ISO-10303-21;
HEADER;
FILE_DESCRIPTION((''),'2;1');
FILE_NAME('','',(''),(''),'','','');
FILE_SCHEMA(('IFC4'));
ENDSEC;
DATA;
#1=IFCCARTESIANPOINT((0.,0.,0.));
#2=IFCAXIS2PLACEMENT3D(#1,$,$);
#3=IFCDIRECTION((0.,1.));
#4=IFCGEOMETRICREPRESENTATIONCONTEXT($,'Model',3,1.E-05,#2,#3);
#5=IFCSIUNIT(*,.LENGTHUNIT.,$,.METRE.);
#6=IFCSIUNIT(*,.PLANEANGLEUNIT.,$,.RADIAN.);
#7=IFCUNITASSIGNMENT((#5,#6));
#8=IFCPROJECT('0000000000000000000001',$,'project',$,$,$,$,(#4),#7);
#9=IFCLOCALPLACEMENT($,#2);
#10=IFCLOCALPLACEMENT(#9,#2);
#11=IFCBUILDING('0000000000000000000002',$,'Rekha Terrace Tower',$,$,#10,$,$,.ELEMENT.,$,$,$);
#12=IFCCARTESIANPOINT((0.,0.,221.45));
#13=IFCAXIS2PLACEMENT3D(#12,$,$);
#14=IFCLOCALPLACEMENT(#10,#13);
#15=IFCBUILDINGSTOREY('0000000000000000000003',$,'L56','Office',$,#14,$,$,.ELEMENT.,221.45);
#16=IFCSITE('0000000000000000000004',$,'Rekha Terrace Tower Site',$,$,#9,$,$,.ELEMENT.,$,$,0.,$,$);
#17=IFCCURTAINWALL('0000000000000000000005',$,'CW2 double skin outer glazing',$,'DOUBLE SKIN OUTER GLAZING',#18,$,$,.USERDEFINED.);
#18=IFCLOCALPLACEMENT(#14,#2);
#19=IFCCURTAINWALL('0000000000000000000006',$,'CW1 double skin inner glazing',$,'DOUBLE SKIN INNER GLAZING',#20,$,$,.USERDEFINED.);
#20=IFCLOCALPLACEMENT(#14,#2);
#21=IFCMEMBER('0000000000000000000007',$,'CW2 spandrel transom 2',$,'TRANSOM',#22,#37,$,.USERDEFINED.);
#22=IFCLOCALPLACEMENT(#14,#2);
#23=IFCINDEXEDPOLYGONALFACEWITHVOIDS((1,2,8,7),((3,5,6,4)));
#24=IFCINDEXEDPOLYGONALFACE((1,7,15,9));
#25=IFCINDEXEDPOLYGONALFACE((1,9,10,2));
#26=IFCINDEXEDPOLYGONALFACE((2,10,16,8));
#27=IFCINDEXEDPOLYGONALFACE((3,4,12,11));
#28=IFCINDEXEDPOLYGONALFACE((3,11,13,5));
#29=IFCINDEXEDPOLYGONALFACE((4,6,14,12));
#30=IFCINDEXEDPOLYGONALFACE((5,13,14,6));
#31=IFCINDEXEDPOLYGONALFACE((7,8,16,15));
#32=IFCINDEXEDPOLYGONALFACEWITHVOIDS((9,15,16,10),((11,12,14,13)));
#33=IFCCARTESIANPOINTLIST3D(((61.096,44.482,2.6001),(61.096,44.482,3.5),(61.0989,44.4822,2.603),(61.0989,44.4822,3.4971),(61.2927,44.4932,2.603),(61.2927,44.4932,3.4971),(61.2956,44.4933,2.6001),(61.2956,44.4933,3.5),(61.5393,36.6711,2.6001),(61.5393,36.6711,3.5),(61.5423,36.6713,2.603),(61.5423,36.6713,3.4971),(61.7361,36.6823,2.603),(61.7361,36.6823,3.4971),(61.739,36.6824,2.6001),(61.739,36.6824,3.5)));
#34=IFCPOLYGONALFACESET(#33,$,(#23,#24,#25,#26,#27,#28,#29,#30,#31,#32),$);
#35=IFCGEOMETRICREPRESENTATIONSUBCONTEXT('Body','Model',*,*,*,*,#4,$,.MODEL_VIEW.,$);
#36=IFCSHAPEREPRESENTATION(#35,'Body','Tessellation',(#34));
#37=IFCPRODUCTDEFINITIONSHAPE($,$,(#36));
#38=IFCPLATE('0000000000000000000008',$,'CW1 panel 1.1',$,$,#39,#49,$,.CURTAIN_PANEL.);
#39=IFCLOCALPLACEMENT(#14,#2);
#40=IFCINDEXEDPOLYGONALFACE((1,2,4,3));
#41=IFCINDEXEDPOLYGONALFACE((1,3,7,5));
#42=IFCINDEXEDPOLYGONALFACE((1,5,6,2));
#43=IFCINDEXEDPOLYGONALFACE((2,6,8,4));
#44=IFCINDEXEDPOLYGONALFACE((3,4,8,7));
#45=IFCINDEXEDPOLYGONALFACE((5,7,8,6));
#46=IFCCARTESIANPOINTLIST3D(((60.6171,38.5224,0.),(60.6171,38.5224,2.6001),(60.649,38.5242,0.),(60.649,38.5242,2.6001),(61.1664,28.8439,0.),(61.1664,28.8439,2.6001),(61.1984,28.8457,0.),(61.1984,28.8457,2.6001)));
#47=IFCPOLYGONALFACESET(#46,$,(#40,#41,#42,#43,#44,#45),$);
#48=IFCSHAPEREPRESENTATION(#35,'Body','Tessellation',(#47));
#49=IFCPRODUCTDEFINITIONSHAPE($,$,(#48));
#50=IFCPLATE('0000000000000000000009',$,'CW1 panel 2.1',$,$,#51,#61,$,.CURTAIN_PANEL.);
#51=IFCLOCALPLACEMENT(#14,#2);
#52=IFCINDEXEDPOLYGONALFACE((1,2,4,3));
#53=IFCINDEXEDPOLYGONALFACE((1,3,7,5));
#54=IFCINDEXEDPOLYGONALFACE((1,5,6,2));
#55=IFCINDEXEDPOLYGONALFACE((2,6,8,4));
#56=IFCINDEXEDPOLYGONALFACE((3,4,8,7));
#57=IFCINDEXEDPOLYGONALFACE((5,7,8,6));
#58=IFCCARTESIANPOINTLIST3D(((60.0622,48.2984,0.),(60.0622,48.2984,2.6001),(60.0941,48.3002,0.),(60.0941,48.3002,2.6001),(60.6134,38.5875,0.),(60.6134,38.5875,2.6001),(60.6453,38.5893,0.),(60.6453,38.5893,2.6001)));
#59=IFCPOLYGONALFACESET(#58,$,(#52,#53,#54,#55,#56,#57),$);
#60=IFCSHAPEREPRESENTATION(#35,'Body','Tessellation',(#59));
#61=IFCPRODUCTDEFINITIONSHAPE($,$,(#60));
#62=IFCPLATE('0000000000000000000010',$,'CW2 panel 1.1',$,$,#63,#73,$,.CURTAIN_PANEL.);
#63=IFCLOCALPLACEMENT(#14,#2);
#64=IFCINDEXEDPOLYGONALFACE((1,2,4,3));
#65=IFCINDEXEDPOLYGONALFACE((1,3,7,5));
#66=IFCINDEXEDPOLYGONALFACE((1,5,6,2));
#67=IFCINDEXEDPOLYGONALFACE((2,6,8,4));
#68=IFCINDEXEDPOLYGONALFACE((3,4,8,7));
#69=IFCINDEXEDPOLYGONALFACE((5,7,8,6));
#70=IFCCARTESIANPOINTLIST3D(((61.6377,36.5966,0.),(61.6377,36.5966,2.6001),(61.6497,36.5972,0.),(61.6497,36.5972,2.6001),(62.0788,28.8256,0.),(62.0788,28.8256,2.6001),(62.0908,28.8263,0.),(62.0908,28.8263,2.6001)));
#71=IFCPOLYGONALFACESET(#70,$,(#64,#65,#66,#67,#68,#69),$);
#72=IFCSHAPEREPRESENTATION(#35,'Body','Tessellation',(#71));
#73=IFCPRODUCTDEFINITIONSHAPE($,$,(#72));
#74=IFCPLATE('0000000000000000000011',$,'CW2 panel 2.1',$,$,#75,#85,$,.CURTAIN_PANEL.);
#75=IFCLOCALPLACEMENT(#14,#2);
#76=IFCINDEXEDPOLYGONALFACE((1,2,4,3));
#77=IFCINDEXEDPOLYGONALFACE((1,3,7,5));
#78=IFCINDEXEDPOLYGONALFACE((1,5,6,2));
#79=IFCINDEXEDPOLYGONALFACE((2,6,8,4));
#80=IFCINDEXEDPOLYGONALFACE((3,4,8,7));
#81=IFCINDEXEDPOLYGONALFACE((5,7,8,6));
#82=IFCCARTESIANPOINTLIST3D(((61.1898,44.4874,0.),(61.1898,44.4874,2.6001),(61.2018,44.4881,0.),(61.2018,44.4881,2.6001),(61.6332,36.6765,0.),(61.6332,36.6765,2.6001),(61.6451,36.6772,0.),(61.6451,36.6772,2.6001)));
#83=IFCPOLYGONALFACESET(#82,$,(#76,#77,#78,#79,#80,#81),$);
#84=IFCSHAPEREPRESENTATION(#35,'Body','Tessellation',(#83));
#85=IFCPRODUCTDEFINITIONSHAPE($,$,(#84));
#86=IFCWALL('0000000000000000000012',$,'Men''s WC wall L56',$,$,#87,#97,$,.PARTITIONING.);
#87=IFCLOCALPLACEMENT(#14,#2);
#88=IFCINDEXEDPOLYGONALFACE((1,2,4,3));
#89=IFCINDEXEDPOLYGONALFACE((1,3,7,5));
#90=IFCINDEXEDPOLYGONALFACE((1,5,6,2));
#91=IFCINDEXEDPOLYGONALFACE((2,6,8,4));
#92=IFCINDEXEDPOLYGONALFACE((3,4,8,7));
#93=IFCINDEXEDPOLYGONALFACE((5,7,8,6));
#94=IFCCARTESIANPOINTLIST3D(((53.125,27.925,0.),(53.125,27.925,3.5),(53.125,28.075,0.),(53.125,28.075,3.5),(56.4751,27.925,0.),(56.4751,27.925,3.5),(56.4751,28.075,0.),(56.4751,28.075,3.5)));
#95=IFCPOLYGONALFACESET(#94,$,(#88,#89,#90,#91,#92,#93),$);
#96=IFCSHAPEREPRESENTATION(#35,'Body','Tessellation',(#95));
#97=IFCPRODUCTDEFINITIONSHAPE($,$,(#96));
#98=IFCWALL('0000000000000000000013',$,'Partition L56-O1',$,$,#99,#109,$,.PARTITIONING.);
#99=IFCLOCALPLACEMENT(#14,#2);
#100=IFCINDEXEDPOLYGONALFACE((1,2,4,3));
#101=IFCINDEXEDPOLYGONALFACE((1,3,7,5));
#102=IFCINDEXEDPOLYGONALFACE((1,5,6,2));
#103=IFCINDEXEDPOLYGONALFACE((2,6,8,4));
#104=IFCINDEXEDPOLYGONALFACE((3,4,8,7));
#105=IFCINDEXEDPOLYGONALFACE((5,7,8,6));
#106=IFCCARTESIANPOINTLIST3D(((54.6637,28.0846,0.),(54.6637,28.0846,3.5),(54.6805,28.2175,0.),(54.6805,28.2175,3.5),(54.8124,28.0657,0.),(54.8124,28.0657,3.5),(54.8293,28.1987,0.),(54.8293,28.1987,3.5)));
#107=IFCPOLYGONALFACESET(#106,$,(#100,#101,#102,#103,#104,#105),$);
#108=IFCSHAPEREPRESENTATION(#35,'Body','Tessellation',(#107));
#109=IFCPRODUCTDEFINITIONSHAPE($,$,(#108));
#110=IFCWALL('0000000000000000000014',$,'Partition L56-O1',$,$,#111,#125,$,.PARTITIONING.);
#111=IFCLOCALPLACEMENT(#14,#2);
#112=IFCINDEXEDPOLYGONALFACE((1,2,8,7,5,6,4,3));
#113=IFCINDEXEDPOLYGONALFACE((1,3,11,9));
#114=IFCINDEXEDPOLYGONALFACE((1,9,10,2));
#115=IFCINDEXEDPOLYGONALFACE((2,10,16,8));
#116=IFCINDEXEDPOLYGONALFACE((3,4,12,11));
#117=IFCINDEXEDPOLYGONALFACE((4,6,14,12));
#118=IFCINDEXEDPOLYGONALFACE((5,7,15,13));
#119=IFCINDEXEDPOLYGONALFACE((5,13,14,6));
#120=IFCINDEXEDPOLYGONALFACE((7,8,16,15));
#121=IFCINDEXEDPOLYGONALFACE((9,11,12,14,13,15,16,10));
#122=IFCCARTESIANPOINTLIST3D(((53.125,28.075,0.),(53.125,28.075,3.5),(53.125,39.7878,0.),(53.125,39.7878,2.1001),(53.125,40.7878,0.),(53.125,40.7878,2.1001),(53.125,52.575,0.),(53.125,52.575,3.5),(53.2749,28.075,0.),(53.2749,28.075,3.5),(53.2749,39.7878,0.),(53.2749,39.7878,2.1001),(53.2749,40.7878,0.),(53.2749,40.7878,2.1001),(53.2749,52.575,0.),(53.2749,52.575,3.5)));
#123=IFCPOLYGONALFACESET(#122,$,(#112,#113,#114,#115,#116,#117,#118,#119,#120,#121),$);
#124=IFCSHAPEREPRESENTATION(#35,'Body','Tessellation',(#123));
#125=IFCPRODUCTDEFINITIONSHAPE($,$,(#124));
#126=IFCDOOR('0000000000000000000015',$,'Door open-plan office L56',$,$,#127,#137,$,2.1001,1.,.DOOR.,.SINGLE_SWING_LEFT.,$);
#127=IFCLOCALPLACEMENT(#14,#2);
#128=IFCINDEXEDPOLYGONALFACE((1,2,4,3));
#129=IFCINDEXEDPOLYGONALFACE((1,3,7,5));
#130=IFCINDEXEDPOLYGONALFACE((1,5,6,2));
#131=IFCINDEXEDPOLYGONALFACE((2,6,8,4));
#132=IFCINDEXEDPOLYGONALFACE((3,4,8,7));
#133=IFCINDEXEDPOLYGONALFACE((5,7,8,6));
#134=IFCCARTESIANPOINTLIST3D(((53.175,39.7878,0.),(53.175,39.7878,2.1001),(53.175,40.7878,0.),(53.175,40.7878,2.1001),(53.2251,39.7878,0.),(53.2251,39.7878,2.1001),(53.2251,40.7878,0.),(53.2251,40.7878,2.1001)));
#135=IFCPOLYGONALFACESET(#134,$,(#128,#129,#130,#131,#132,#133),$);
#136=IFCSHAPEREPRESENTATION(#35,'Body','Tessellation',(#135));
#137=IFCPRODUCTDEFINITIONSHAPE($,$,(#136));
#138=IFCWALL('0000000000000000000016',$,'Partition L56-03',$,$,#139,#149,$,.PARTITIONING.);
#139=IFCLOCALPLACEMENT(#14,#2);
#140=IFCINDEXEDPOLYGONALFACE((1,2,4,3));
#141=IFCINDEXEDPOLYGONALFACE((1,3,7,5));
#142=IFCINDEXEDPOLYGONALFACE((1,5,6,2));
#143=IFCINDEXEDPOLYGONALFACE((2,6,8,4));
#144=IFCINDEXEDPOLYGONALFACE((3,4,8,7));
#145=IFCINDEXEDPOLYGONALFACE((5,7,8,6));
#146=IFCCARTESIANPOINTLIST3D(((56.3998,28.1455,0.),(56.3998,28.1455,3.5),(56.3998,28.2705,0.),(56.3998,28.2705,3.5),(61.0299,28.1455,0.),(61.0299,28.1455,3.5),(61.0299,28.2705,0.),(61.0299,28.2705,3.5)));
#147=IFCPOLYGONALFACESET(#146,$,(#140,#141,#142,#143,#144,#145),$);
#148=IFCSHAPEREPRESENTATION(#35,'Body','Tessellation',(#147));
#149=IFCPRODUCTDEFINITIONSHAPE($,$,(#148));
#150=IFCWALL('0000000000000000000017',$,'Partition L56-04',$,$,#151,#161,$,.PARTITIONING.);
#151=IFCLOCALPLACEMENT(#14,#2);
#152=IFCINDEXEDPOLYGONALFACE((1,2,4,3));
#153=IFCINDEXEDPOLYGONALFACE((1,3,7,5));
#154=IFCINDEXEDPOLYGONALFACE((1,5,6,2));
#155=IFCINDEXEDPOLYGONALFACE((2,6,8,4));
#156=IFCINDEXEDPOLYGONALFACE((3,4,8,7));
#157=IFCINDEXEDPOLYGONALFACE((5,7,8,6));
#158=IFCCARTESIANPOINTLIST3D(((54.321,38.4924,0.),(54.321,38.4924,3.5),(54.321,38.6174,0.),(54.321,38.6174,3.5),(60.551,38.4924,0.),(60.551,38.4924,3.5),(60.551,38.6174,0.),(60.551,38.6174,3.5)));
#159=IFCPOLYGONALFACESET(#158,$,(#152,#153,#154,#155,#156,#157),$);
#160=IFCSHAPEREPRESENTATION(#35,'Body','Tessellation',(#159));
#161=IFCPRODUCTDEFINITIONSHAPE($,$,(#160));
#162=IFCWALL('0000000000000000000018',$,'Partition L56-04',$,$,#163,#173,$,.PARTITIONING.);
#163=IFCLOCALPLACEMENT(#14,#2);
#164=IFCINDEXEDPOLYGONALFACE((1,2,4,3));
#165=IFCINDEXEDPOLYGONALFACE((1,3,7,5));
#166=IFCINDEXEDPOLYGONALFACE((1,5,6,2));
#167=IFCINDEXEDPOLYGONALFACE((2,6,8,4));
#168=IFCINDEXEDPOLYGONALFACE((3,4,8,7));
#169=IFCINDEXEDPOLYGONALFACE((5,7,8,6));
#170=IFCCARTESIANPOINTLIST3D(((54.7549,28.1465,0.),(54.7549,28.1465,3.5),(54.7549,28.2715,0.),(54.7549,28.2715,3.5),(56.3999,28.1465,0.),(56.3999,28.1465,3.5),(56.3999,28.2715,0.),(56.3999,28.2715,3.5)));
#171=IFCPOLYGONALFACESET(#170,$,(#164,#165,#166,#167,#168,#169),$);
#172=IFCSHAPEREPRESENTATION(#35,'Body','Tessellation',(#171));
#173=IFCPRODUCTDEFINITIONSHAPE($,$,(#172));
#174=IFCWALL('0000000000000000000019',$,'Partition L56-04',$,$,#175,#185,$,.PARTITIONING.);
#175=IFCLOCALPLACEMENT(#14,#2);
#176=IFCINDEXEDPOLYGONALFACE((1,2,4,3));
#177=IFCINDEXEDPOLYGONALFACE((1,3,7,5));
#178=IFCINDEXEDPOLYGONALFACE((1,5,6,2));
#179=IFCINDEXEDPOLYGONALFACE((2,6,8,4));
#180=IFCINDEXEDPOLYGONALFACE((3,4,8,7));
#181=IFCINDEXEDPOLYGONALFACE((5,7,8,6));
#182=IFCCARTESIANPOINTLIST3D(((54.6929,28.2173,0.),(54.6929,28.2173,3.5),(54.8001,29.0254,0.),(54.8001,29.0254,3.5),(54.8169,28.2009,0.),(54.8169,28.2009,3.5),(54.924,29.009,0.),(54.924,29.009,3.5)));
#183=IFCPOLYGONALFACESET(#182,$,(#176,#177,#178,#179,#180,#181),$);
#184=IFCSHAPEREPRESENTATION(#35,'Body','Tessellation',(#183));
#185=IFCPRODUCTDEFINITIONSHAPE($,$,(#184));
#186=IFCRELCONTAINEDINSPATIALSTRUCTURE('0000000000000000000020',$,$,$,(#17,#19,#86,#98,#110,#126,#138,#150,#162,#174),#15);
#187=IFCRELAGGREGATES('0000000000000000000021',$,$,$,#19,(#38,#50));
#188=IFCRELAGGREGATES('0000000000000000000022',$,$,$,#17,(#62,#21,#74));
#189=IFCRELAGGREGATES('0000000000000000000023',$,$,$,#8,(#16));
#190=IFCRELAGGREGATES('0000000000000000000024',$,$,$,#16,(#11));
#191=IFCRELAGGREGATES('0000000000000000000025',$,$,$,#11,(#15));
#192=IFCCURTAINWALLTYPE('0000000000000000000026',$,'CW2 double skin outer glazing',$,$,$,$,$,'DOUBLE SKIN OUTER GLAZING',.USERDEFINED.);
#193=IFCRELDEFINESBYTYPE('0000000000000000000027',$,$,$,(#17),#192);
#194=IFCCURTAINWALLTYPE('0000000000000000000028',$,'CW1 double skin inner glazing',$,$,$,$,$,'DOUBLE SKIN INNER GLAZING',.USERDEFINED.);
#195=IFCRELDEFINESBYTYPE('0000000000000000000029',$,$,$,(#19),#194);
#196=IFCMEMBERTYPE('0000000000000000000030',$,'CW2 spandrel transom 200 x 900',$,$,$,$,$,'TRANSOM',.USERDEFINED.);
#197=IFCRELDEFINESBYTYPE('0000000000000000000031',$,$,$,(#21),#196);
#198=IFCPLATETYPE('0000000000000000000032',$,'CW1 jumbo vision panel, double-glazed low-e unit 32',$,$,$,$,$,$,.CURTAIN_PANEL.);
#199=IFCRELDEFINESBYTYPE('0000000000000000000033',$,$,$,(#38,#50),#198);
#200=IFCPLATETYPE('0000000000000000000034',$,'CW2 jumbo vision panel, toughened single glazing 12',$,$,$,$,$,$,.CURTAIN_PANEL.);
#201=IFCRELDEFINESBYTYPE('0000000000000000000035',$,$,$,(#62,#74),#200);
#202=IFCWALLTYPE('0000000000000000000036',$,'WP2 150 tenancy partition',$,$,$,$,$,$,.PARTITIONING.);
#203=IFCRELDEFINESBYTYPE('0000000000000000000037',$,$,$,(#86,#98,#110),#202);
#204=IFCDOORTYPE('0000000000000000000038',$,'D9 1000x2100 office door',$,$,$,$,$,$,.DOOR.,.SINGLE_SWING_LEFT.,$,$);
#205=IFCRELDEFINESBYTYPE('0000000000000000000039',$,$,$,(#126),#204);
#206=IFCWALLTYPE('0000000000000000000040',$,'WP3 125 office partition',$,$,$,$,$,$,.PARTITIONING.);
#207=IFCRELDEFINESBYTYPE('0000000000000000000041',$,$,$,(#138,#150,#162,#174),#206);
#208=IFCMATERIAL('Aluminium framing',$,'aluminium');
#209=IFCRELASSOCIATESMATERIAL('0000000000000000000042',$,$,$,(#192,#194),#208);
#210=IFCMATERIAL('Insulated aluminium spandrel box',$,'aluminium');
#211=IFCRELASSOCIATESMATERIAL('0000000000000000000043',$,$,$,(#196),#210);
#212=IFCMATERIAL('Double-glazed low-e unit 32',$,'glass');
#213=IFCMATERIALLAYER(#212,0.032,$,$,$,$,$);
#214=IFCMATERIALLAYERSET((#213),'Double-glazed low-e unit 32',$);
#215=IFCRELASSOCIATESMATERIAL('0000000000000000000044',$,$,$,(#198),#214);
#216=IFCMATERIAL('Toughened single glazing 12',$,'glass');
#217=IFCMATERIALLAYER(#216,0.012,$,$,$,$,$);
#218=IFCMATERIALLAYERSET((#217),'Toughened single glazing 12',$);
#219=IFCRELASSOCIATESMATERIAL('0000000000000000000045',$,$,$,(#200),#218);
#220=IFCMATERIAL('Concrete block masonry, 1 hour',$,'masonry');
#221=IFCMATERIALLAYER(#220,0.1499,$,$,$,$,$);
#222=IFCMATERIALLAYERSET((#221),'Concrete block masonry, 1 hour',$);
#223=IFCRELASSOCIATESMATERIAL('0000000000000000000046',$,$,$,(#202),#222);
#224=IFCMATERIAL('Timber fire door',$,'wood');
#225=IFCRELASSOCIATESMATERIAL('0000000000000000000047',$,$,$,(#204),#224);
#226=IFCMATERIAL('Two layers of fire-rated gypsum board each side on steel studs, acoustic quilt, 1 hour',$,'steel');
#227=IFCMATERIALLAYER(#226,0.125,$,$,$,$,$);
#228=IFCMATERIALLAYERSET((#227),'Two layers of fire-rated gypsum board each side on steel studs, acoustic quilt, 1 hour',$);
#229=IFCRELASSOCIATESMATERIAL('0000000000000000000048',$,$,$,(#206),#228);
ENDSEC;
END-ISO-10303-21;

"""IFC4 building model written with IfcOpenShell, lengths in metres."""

from ifc_helpers import new_model, si_unit, direction, frame, frame_2d, origin, origin_2d, place, context, subcontext, project, spatial, rectangle, hollow_rectangle, extrude, material, layer, layer_set, material_profile, profile_set, type_object, element, fill, aggregate, save


model = new_model("IFC4")

# Units and contexts
model_context = context("Model", 3, precision=1e-05, world=origin(), true_north=direction((0.0, 1.0)))
body_context = subcontext(model_context, "Body", "Model", "MODEL_VIEW")
ifc_project = project(units=[si_unit("LENGTHUNIT", "METRE"), si_unit("PLANEANGLEUNIT", "RADIAN")], contexts=[model_context])

# Site, building, storey
site_placement = place(None, origin())
site = spatial("IfcSite", under=ifc_project, at=site_placement, Name="Rekha Terrace Tower Site", CompositionType="ELEMENT", RefElevation=0.0)
building_placement = place(site_placement, origin())
building = spatial("IfcBuilding", under=site, at=building_placement, Name="Rekha Terrace Tower", CompositionType="ELEMENT")
storey_placement = place(building_placement, frame((0.0, 0.0, 221.45)))
storey = spatial("IfcBuildingStorey", under=building, at=storey_placement, Name="L56", Description="Office", CompositionType="ELEMENT", Elevation=221.45)

# Curtain wall
ifc_material_1 = material(Name="Aluminium framing", Category="aluminium")
curtain_wall_type_1 = type_object("IfcCurtainWallType", Name="CW2 double skin outer glazing", ElementType="DOUBLE SKIN OUTER GLAZING", PredefinedType="USERDEFINED", material=ifc_material_1)
curtain_wall_1_placement = place(storey_placement, origin())
curtain_wall_1 = element("IfcCurtainWall", 1, at=curtain_wall_1_placement, inside=storey, type_object=curtain_wall_type_1, Name="CW2 double skin outer glazing", ObjectType="DOUBLE SKIN OUTER GLAZING", PredefinedType="USERDEFINED")

# Curtain wall
curtain_wall_type_2 = type_object("IfcCurtainWallType", Name="CW1 double skin inner glazing", ElementType="DOUBLE SKIN INNER GLAZING", PredefinedType="USERDEFINED", material=ifc_material_1)
curtain_wall_2_placement = place(storey_placement, origin())
curtain_wall_2 = element("IfcCurtainWall", 2, at=curtain_wall_2_placement, inside=storey, type_object=curtain_wall_type_2, Name="CW1 double skin inner glazing", ObjectType="DOUBLE SKIN INNER GLAZING", PredefinedType="USERDEFINED")
ifc_material_2 = material(Name="Insulated aluminium spandrel box", Category="aluminium")

# Member
ifc_material_profile_1 = material_profile(ifc_material_2, hollow_rectangle(XDim=0.2, YDim=0.8999, WallThickness=0.0029, at=origin_2d()), Name="AL SPANDREL BOX 200x900")
ifc_profile_set_1 = profile_set([ifc_material_profile_1], Name="Insulated aluminium spandrel box")
member_type_1 = type_object("IfcMemberType", Name="CW2 spandrel transom 200 x 900", ElementType="TRANSOM", PredefinedType="USERDEFINED", material=ifc_profile_set_1)
member_1_placement = place(storey_placement, frame((61.6392, 36.6768, 3.05), z_axis=(-0.056669, 0.998393, 0.0), x_axis=(-0.998393, -0.056669, 0.0)))
member_1 = element("IfcMember", 3, at=member_1_placement, type_object=member_type_1, Name="CW2 spandrel transom 2", ObjectType="TRANSOM", PredefinedType="USERDEFINED", context=body_context, shape_type="SweptSolid", body=[
    extrude(hollow_rectangle(XDim=0.2, YDim=0.8999, WallThickness=0.0029, at=origin_2d()), origin(), (0.0, 0.0, 1.0), 7.8235),
])

# Plates
ifc_material_3 = material(Name="Double-glazed low-e unit 32", Category="glass")
ifc_layer_1 = layer(ifc_material_3, 0.032)
ifc_layer_set_1 = layer_set([ifc_layer_1], Name="Double-glazed low-e unit 32")
plate_type_1 = type_object("IfcPlateType", Name="CW1 jumbo vision panel, double-glazed low-e unit 32", PredefinedType="CURTAIN_PANEL", material=ifc_layer_set_1)
plate_1_placement = place(storey_placement, frame((60.9077, 33.6841, 0.0), z_axis=(0.0, 0.0, 1.0), x_axis=(-0.056673, 0.998393, 0.0)))
plate_1 = element("IfcPlate", 4, at=plate_1_placement, type_object=plate_type_1, Name="CW1 panel 1.1", PredefinedType="CURTAIN_PANEL", context=body_context, shape_type="SweptSolid", body=[
    extrude(rectangle(XDim=9.6941, YDim=0.032, at=origin_2d()), origin(), (0.0, 0.0, 1.0), 2.6001),
])
plate_2_placement = place(storey_placement, frame((60.3538, 43.4438, 0.0), z_axis=(0.0, 0.0, 1.0), x_axis=(-0.056673, 0.998393, 0.0)))
plate_2 = element("IfcPlate", 5, at=plate_2_placement, type_object=plate_type_1, Name="CW1 panel 2.1", PredefinedType="CURTAIN_PANEL", context=body_context, shape_type="SweptSolid", body=[
    extrude(rectangle(XDim=9.7266, YDim=0.032, at=origin_2d()), origin(), (0.0, 0.0, 1.0), 2.6001),
])
aggregate(curtain_wall_2, [plate_1, plate_2])
ifc_material_4 = material(Name="Toughened single glazing 12", Category="glass")
ifc_layer_2 = layer(ifc_material_4, 0.012)
ifc_layer_set_2 = layer_set([ifc_layer_2], Name="Toughened single glazing 12")
plate_type_2 = type_object("IfcPlateType", Name="CW2 jumbo vision panel, toughened single glazing 12", PredefinedType="CURTAIN_PANEL", material=ifc_layer_set_2)
plate_3_placement = place(storey_placement, frame((61.8643, 32.7114, 0.0), z_axis=(0.0, 0.0, 1.0), x_axis=(-0.056673, 0.998393, 0.0)))
plate_3 = element("IfcPlate", 6, at=plate_3_placement, type_object=plate_type_2, Name="CW2 panel 1.1", PredefinedType="CURTAIN_PANEL", context=body_context, shape_type="SweptSolid", body=[
    extrude(rectangle(XDim=7.7834, YDim=0.012, at=origin_2d()), origin(), (0.0, 0.0, 1.0), 2.6001),
])
plate_4_placement = place(storey_placement, frame((61.4175, 40.5823, 0.0), z_axis=(0.0, 0.0, 1.0), x_axis=(-0.056673, 0.998393, 0.0)))
plate_4 = element("IfcPlate", 7, at=plate_4_placement, type_object=plate_type_2, Name="CW2 panel 2.1", PredefinedType="CURTAIN_PANEL", context=body_context, shape_type="SweptSolid", body=[
    extrude(rectangle(XDim=7.8235, YDim=0.012, at=origin_2d()), origin(), (0.0, 0.0, 1.0), 2.6001),
])
aggregate(curtain_wall_1, [plate_3, member_1, plate_4])

# Walls
ifc_material_5 = material(Name="Concrete block masonry, 1 hour", Category="masonry")
ifc_layer_3 = layer(ifc_material_5, 0.1499)
ifc_layer_set_3 = layer_set([ifc_layer_3], Name="Concrete block masonry, 1 hour")
wall_type_1 = type_object("IfcWallType", Name="WP2 150 tenancy partition", PredefinedType="PARTITIONING", material=ifc_layer_set_3)
wall_1_placement = place(storey_placement, frame((53.125, 28.0, 0.0), z_axis=(0.0, 0.0, 1.0), x_axis=(1.0, 0.0, 0.0)))
element("IfcWall", 8, at=wall_1_placement, inside=storey, type_object=wall_type_1, Name="Men's WC wall L56", PredefinedType="PARTITIONING", context=body_context, shape_type="SweptSolid", body=[
    extrude(rectangle(XDim=3.3501, YDim=0.1499, at=frame_2d((1.675, 0.0))), origin(), (0.0, 0.0, 1.0), 3.5),
])
wall_2_placement = place(storey_placement, frame((54.7549, 28.208, 0.0), z_axis=(0.0, 0.0, 1.0), x_axis=(-0.125603, -0.992081, 0.0)))
element("IfcWall", 9, at=wall_2_placement, inside=storey, type_object=wall_type_1, Name="Partition L56-O1", PredefinedType="PARTITIONING", context=body_context, shape_type="SweptSolid", body=[
    extrude(rectangle(XDim=0.134, YDim=0.1499, at=frame_2d((0.0669, 0.0))), origin(), (0.0, 0.0, 1.0), 3.5),
])

# Wall, opening, door
wall_3_placement = place(storey_placement, frame((53.2, 28.075, 0.0), z_axis=(0.0, 0.0, 1.0), x_axis=(0.0, 1.0, 0.0)))
wall_3 = element("IfcWall", 10, at=wall_3_placement, inside=storey, type_object=wall_type_1, Name="Partition L56-O1", PredefinedType="PARTITIONING", context=body_context, shape_type="SweptSolid", body=[
    extrude(rectangle(XDim=24.5, YDim=0.1499, at=frame_2d((12.25, 0.0))), origin(), (0.0, 0.0, 1.0), 3.5),
])
opening_1_placement = place(wall_3_placement, frame((11.7129, 0.0, 0.0)))
opening_1 = element("IfcOpeningElement", 11, at=opening_1_placement, cuts=wall_3, PredefinedType="OPENING", context=body_context, shape_type="SweptSolid", body=[
    extrude(rectangle(XDim=1.0, YDim=2.1001, at=frame_2d((0.5, 1.05))), frame((0.0, 0.085, 0.0), z_axis=(0.0, -1.0, 0.0), x_axis=(1.0, 0.0, 0.0)), (0.0, 0.0, 1.0), 0.1699),
])
ifc_material_6 = material(Name="Timber fire door", Category="wood")
door_type = type_object("IfcDoorType", Name="D9 1000x2100 office door", OperationType="SINGLE_SWING_LEFT", PredefinedType="DOOR", material=ifc_material_6)
door_1_placement = place(opening_1_placement, origin())
door_1 = element("IfcDoor", 12, at=door_1_placement, inside=storey, type_object=door_type, Name="Door open-plan office L56", OperationType="SINGLE_SWING_LEFT", OverallHeight=2.1001, OverallWidth=1.0, PredefinedType="DOOR", context=body_context, shape_type="SweptSolid", body=[
    extrude(rectangle(XDim=1.0, YDim=2.1001, at=frame_2d((0.5, 1.05))), frame((0.0, 0.0249, 0.0), z_axis=(0.0, -1.0, 0.0), x_axis=(1.0, 0.0, 0.0)), (0.0, 0.0, 1.0), 0.05),
])
fill(opening_1, door_1)

# Walls
ifc_material_7 = material(Name="Two layers of fire-rated gypsum board each side on steel studs, acoustic quilt, 1 hour", Category="steel")
ifc_layer_4 = layer(ifc_material_7, 0.125)
ifc_layer_set_4 = layer_set([ifc_layer_4], Name="Two layers of fire-rated gypsum board each side on steel studs, acoustic quilt, 1 hour")
wall_type_2 = type_object("IfcWallType", Name="WP3 125 office partition", PredefinedType="PARTITIONING", material=ifc_layer_set_4)
wall_4_placement = place(storey_placement, frame((56.3999, 28.208, 0.0), z_axis=(0.0, 0.0, 1.0), x_axis=(1.0, 0.0, 0.0)))
element("IfcWall", 13, at=wall_4_placement, inside=storey, type_object=wall_type_2, Name="Partition L56-03", PredefinedType="PARTITIONING", context=body_context, shape_type="SweptSolid", body=[
    extrude(rectangle(XDim=4.6301, YDim=0.125, at=frame_2d((2.3149, 0.0))), origin(), (0.0, 0.0, 1.0), 3.5),
])
wall_5_placement = place(storey_placement, frame((54.321, 38.5549, 0.0), z_axis=(0.0, 0.0, 1.0), x_axis=(1.0, 0.0, 0.0)))
element("IfcWall", 14, at=wall_5_placement, inside=storey, type_object=wall_type_2, Name="Partition L56-04", PredefinedType="PARTITIONING", context=body_context, shape_type="SweptSolid", body=[
    extrude(rectangle(XDim=6.23, YDim=0.125, at=frame_2d((3.115, 0.0))), origin(), (0.0, 0.0, 1.0), 3.5),
])
wall_6_placement = place(storey_placement, frame((56.3999, 28.209, 0.0), z_axis=(0.0, 0.0, 1.0), x_axis=(-1.0, 0.0, 0.0)))
element("IfcWall", 15, at=wall_6_placement, inside=storey, type_object=wall_type_2, Name="Partition L56-04", PredefinedType="PARTITIONING", context=body_context, shape_type="SweptSolid", body=[
    extrude(rectangle(XDim=1.645, YDim=0.125, at=frame_2d((0.8225, 0.0))), origin(), (0.0, 0.0, 1.0), 3.5),
])
wall_7_placement = place(storey_placement, frame((54.7549, 28.209, 0.0), z_axis=(0.0, 0.0, 1.0), x_axis=(0.131477, 0.991319, 0.0)))
element("IfcWall", 16, at=wall_7_placement, inside=storey, type_object=wall_type_2, Name="Partition L56-04", PredefinedType="PARTITIONING", context=body_context, shape_type="SweptSolid", body=[
    extrude(rectangle(XDim=0.8152, YDim=0.125, at=frame_2d((0.4077, 0.0))), origin(), (0.0, 0.0, 1.0), 3.5),
])

save(model, "model.ifc")
